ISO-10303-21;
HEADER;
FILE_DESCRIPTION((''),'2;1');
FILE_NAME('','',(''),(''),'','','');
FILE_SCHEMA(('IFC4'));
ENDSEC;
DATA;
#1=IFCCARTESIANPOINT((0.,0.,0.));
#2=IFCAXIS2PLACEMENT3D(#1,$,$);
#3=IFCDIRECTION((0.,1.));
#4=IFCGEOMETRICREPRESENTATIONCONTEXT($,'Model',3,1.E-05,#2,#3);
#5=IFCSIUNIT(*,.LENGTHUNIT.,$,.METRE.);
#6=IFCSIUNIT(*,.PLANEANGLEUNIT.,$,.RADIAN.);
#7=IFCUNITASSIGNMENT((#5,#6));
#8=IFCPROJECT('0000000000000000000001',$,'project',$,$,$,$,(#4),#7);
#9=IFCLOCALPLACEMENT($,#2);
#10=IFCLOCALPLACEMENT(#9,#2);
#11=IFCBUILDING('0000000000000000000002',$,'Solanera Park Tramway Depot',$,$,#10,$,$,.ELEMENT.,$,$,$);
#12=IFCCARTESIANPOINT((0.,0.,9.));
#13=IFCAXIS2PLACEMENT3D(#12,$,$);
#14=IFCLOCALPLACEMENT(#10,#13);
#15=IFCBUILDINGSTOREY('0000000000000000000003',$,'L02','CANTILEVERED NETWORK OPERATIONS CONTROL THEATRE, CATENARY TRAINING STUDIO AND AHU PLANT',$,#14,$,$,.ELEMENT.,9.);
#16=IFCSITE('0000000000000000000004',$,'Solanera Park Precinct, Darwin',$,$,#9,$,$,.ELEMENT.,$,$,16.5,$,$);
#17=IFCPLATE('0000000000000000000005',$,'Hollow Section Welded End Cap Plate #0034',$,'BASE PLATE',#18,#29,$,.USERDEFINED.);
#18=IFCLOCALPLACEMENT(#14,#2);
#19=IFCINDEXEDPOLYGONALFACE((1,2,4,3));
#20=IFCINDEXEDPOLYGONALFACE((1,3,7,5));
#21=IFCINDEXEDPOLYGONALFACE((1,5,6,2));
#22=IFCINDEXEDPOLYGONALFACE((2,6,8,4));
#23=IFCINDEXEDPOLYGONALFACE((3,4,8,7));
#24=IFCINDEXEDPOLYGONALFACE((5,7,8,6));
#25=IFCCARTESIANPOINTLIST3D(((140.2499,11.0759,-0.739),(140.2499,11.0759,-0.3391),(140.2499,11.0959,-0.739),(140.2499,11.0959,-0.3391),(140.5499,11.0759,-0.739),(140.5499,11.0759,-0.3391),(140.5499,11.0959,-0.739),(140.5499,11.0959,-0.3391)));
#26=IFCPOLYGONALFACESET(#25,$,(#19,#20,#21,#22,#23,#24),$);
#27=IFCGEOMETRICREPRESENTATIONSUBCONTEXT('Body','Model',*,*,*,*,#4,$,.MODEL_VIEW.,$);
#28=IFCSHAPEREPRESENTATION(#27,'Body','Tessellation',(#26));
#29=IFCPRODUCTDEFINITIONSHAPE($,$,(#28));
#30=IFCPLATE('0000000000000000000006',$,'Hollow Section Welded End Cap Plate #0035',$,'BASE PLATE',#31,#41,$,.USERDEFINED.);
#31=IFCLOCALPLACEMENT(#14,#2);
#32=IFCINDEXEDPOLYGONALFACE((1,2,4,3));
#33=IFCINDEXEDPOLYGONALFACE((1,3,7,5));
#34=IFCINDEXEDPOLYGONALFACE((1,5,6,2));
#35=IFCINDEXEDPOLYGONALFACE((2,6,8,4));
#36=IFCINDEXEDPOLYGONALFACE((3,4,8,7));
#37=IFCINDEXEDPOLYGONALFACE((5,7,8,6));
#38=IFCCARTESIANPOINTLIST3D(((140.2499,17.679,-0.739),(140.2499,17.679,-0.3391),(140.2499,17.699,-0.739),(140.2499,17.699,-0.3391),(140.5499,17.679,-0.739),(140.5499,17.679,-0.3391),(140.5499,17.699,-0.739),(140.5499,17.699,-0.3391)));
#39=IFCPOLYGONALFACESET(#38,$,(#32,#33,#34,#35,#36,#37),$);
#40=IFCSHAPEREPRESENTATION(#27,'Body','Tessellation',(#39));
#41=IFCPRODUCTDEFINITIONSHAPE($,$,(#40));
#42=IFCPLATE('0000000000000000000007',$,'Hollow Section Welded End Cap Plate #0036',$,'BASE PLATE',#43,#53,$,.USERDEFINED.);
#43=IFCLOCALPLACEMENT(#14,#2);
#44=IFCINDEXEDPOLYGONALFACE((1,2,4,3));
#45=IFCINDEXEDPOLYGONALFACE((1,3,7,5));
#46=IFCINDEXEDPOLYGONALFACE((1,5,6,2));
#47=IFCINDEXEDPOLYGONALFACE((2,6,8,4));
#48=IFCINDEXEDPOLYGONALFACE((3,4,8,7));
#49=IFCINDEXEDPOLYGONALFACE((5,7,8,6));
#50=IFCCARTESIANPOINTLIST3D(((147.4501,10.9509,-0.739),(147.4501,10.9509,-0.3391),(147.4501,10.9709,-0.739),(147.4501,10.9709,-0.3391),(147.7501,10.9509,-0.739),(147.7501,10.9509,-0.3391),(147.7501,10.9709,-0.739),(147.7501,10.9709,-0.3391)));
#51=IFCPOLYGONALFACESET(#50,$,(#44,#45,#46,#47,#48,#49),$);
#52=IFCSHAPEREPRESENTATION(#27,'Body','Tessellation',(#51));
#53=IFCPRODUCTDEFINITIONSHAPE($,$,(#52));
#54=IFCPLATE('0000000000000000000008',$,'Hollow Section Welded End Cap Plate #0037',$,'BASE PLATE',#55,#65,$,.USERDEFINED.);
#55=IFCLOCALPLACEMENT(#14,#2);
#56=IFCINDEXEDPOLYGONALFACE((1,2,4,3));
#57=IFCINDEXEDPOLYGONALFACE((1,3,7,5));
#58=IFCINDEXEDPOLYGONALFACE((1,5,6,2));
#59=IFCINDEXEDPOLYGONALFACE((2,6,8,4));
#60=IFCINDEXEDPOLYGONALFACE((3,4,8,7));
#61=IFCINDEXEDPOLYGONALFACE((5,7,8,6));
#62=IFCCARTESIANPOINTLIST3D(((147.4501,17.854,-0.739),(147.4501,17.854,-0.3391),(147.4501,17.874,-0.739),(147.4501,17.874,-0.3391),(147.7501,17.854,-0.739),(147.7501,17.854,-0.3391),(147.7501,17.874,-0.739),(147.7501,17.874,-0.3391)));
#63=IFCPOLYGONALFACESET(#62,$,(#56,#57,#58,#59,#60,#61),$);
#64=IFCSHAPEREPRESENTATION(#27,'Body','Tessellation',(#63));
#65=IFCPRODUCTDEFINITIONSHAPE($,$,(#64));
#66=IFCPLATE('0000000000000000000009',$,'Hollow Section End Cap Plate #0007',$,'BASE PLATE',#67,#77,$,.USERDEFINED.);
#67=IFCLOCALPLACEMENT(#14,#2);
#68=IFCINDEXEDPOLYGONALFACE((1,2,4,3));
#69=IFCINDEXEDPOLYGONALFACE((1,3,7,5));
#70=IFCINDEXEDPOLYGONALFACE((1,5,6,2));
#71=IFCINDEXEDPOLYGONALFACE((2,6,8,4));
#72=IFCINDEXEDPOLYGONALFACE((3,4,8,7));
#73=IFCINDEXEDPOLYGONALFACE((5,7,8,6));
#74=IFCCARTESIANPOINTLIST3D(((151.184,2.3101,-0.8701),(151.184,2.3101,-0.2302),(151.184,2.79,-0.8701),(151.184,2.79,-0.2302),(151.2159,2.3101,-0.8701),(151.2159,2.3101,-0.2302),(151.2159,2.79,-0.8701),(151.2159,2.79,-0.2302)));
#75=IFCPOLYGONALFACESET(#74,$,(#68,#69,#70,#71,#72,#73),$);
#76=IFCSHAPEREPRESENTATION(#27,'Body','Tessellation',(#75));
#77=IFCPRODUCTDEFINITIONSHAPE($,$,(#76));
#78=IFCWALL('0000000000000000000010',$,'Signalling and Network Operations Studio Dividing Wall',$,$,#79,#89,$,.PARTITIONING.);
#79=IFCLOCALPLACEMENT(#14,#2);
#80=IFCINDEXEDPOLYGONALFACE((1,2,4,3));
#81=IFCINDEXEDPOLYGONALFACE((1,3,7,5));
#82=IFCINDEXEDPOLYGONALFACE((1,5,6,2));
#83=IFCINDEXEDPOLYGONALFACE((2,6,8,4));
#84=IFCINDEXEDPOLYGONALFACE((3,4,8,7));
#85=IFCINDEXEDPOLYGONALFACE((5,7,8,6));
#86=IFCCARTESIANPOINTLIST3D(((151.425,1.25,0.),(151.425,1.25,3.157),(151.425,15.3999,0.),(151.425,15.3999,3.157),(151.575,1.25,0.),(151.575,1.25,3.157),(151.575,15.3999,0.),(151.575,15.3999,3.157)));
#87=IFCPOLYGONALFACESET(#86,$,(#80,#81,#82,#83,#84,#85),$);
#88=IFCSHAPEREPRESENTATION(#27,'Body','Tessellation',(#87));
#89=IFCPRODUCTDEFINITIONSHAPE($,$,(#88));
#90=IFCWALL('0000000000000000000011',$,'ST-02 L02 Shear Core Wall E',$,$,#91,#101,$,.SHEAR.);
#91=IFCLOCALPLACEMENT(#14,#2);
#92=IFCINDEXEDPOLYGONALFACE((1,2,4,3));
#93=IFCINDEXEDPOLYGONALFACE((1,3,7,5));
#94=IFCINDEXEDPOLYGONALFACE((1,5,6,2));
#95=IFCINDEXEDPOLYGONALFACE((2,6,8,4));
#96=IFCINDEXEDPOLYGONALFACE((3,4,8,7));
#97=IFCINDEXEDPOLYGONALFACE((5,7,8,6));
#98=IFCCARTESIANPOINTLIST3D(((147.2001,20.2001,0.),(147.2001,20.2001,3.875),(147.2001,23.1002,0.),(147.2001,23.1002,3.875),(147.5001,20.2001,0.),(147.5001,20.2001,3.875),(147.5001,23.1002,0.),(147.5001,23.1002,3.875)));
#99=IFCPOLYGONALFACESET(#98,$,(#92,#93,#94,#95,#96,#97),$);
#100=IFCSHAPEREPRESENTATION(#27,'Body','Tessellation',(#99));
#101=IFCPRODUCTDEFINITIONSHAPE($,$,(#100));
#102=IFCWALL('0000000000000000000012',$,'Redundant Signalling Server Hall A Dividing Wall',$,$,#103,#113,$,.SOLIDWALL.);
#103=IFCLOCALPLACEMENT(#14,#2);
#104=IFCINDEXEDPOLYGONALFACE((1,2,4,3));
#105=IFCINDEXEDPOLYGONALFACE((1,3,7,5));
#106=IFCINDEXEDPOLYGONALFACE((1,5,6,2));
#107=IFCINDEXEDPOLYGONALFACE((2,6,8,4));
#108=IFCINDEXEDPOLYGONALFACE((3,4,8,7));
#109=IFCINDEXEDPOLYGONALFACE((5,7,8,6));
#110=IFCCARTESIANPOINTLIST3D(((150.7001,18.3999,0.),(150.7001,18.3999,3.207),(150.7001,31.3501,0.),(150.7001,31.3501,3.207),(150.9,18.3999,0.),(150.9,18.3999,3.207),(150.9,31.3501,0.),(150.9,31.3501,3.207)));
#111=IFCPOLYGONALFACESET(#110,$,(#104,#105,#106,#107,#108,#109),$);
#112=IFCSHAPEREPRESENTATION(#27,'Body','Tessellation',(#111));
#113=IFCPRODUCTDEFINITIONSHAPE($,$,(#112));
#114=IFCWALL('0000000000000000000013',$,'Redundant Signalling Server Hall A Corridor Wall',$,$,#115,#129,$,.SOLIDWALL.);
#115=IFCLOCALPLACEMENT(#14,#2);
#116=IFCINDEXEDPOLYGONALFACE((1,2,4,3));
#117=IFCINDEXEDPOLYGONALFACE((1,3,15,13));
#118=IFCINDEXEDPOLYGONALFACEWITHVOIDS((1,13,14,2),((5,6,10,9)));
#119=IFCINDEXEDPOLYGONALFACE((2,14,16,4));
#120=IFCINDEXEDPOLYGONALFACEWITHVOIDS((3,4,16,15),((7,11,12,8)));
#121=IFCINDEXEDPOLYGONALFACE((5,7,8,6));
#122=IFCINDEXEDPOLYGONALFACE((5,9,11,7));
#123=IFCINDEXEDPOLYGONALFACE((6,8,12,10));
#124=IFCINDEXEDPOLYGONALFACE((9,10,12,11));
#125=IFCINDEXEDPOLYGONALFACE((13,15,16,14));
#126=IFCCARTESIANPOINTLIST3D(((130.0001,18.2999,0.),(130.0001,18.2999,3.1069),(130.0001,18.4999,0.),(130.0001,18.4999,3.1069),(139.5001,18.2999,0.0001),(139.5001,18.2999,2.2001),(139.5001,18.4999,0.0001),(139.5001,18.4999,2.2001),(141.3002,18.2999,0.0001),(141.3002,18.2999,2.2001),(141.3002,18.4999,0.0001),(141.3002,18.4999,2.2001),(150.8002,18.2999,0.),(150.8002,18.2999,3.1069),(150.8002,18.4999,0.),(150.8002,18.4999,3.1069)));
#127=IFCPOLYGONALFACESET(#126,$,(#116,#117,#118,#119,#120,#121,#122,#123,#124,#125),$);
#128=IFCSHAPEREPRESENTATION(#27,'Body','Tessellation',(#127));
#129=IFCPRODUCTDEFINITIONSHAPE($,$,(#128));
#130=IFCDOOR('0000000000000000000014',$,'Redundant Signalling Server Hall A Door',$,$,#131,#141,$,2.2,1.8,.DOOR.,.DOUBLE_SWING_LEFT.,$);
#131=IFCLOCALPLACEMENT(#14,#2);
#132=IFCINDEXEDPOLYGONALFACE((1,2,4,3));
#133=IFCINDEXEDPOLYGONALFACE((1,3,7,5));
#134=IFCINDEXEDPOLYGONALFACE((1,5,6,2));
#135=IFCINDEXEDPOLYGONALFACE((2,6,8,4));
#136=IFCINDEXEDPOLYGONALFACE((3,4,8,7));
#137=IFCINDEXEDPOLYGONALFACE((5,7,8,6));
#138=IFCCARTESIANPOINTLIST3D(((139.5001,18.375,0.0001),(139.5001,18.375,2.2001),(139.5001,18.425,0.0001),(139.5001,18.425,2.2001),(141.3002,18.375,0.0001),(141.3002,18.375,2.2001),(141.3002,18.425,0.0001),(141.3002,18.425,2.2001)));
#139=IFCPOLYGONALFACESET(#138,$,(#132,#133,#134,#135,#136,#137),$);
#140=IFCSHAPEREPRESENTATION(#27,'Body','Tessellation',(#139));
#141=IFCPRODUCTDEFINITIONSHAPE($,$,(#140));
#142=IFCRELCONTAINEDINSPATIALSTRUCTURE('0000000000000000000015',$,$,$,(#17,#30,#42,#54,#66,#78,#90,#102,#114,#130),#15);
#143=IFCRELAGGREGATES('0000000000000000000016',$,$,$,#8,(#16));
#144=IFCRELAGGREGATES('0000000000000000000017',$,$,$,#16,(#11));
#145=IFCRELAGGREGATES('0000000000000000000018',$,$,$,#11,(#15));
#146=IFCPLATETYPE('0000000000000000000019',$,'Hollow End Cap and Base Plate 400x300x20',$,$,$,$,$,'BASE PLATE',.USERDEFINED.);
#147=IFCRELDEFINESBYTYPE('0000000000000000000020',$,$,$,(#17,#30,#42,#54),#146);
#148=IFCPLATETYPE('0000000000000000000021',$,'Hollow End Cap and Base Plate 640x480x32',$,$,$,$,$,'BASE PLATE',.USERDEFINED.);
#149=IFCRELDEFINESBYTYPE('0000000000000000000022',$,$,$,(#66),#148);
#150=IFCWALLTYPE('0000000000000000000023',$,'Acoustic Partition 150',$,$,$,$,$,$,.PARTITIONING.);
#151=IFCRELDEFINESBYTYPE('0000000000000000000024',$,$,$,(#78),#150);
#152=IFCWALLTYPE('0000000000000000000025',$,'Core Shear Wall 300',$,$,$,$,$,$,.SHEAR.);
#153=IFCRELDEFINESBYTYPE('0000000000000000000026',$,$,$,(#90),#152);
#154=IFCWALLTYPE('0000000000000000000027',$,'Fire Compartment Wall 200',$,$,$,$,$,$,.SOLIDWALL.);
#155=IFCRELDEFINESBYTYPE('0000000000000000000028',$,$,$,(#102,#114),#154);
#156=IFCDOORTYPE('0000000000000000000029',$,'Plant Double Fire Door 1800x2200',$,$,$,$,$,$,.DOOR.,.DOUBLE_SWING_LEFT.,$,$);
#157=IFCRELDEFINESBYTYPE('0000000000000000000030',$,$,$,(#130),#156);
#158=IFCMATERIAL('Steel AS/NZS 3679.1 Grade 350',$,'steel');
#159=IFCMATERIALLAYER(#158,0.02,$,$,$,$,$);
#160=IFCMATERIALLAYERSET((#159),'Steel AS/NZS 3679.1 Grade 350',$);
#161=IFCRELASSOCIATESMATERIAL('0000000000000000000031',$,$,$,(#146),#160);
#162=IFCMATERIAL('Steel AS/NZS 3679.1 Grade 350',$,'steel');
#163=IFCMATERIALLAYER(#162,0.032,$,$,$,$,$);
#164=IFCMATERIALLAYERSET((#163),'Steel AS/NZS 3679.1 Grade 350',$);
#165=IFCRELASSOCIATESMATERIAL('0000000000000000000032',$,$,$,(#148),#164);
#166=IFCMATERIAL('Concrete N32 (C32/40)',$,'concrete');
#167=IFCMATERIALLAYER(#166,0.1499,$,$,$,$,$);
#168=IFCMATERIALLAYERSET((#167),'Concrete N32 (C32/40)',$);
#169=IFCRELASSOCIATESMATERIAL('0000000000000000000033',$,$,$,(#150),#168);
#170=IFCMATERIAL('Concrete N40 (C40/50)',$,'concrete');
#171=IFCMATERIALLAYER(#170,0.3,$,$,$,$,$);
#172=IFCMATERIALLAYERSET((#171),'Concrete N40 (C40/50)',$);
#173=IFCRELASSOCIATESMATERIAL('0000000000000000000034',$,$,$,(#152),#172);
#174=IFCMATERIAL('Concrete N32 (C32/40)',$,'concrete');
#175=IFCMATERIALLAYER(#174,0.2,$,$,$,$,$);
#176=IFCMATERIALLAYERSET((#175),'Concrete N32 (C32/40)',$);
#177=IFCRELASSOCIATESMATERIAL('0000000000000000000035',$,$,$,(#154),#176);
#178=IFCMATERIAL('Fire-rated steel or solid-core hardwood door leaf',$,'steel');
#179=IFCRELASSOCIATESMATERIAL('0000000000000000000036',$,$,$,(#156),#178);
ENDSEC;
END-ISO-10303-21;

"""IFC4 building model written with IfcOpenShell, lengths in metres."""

from ifc_helpers import new_model, si_unit, direction, frame, frame_2d, origin, origin_2d, place, context, subcontext, project, spatial, rectangle, extrude, material, layer, layer_set, type_object, element, fill, save


model = new_model("IFC4")

# Units and contexts
model_context = context("Model", 3, precision=1e-05, world=origin(), true_north=direction((0.0, 1.0)))
body_context = subcontext(model_context, "Body", "Model", "MODEL_VIEW")
ifc_project = project(units=[si_unit("LENGTHUNIT", "METRE"), si_unit("PLANEANGLEUNIT", "RADIAN")], contexts=[model_context])

# Site, building, storey
site_placement = place(None, origin())
site = spatial("IfcSite", under=ifc_project, at=site_placement, Name="Solanera Park Precinct, Darwin", CompositionType="ELEMENT", RefElevation=16.5)
building_placement = place(site_placement, origin())
building = spatial("IfcBuilding", under=site, at=building_placement, Name="Solanera Park Tramway Depot", CompositionType="ELEMENT")
storey_placement = place(building_placement, frame((0.0, 0.0, 9.0)))
storey = spatial("IfcBuildingStorey", under=building, at=storey_placement, Name="L02", Description="CANTILEVERED NETWORK OPERATIONS CONTROL THEATRE, CATENARY TRAINING STUDIO AND AHU PLANT", CompositionType="ELEMENT", Elevation=9.0)

# Plates
ifc_material_1 = material(Name="Steel AS/NZS 3679.1 Grade 350", Category="steel")
ifc_layer_1 = layer(ifc_material_1, 0.02)
ifc_layer_set_1 = layer_set([ifc_layer_1], Name="Steel AS/NZS 3679.1 Grade 350")
plate_type_1 = type_object("IfcPlateType", Name="Hollow End Cap and Base Plate 400x300x20", ElementType="BASE PLATE", PredefinedType="USERDEFINED", material=ifc_layer_set_1)
for number, where, z_axis, x_axis, name in (
    (1, (140.3999, 11.0859, -0.739), (0.0, 0.0, 1.0), (0.0, 1.0, 0.0), "Hollow Section Welded End Cap Plate #0034"),
    (2, (140.3999, 17.689, -0.739), (0.0, 0.0, 1.0), (0.0, 1.0, 0.0), "Hollow Section Welded End Cap Plate #0035"),
    (3, (147.6001, 10.9609, -0.739), (0.0, 0.0, 1.0), (0.0, 1.0, 0.0), "Hollow Section Welded End Cap Plate #0036"),
    (4, (147.6001, 17.864, -0.739), (0.0, 0.0, 1.0), (0.0, 1.0, 0.0), "Hollow Section Welded End Cap Plate #0037"),
):
    element("IfcPlate", number, at=place(storey_placement, frame(where, z_axis=z_axis, x_axis=x_axis)), inside=storey, type_object=plate_type_1, Name=name, ObjectType="BASE PLATE", PredefinedType="USERDEFINED", context=body_context, shape_type="SweptSolid", body=[
        extrude(rectangle(XDim=0.02, YDim=0.3, at=origin_2d()), origin(), (0.0, 0.0, 1.0), 0.3999),
    ])
ifc_material_2 = material(Name="Steel AS/NZS 3679.1 Grade 350", Category="steel")
ifc_layer_2 = layer(ifc_material_2, 0.032)
ifc_layer_set_2 = layer_set([ifc_layer_2], Name="Steel AS/NZS 3679.1 Grade 350")
plate_type_2 = type_object("IfcPlateType", Name="Hollow End Cap and Base Plate 640x480x32", ElementType="BASE PLATE", PredefinedType="USERDEFINED", material=ifc_layer_set_2)
plate_1_placement = place(storey_placement, frame((151.2, 2.55, -0.8701), z_axis=(0.0, 0.0, 1.0), x_axis=(1.0, 0.0, 0.0)))
element("IfcPlate", 5, at=plate_1_placement, inside=storey, type_object=plate_type_2, Name="Hollow Section End Cap Plate #0007", ObjectType="BASE PLATE", PredefinedType="USERDEFINED", context=body_context, shape_type="SweptSolid", body=[
    extrude(rectangle(XDim=0.032, YDim=0.48, at=origin_2d()), origin(), (0.0, 0.0, 1.0), 0.6399),
])

# Wall
ifc_material_3 = material(Name="Concrete N32 (C32/40)", Category="concrete")
ifc_layer_3 = layer(ifc_material_3, 0.1499)
ifc_layer_set_3 = layer_set([ifc_layer_3], Name="Concrete N32 (C32/40)")
wall_type_1 = type_object("IfcWallType", Name="Acoustic Partition 150", PredefinedType="PARTITIONING", material=ifc_layer_set_3)
wall_1_placement = place(storey_placement, frame((151.5, 15.3999, 0.0), z_axis=(0.0, 0.0, 1.0), x_axis=(0.0, -1.0, 0.0)))
element("IfcWall", 6, at=wall_1_placement, inside=storey, type_object=wall_type_1, Name="Signalling and Network Operations Studio Dividing Wall", PredefinedType="PARTITIONING", context=body_context, shape_type="SweptSolid", body=[
    extrude(rectangle(XDim=14.1499, YDim=0.1499, at=frame_2d((7.075, 0.0))), origin(), (0.0, 0.0, 1.0), 3.157),
])

# Shared definitions
ifc_material_4 = material(Name="Concrete N40 (C40/50)", Category="concrete")
ifc_layer_4 = layer(ifc_material_4, 0.3)
ifc_layer_set_4 = layer_set([ifc_layer_4], Name="Concrete N40 (C40/50)")
wall_type_2 = type_object("IfcWallType", Name="Core Shear Wall 300", PredefinedType="SHEAR", material=ifc_layer_set_4)

# Walls
wall_2_placement = place(storey_placement, frame((147.3501, 20.2, 0.0), z_axis=(0.0, 0.0, 1.0), x_axis=(0.0, 1.0, 0.0)))
element("IfcWall", 7, at=wall_2_placement, inside=storey, type_object=wall_type_2, Name="ST-02 L02 Shear Core Wall E", PredefinedType="SHEAR", context=body_context, shape_type="SweptSolid", body=[
    extrude(rectangle(XDim=2.9001, YDim=0.3, at=frame_2d((1.4502, 0.0))), origin(), (0.0, 0.0, 1.0), 3.875),
])
ifc_material_5 = material(Name="Concrete N32 (C32/40)", Category="concrete")
ifc_layer_5 = layer(ifc_material_5, 0.2)
ifc_layer_set_5 = layer_set([ifc_layer_5], Name="Concrete N32 (C32/40)")
wall_type_3 = type_object("IfcWallType", Name="Fire Compartment Wall 200", PredefinedType="SOLIDWALL", material=ifc_layer_set_5)
wall_3_placement = place(storey_placement, frame((150.8, 18.3999, 0.0), z_axis=(0.0, 0.0, 1.0), x_axis=(0.0, 1.0, 0.0)))
element("IfcWall", 8, at=wall_3_placement, inside=storey, type_object=wall_type_3, Name="Redundant Signalling Server Hall A Dividing Wall", PredefinedType="SOLIDWALL", context=body_context, shape_type="SweptSolid", body=[
    extrude(rectangle(XDim=12.9502, YDim=0.2, at=frame_2d((6.4751, 0.0))), origin(), (0.0, 0.0, 1.0), 3.207),
])

# Wall, opening, door
wall_4_placement = place(storey_placement, frame((150.8, 18.3999, 0.0), z_axis=(0.0, 0.0, 1.0), x_axis=(-1.0, 0.0, 0.0)))
wall_4 = element("IfcWall", 9, at=wall_4_placement, inside=storey, type_object=wall_type_3, Name="Redundant Signalling Server Hall A Corridor Wall", PredefinedType="SOLIDWALL", context=body_context, shape_type="SweptSolid", body=[
    extrude(rectangle(XDim=20.8, YDim=0.2, at=frame_2d((10.3999, 0.0))), origin(), (0.0, 0.0, 1.0), 3.1069),
])
opening_1_placement = place(wall_4_placement, frame((9.5, 0.0, 0.0)))
opening_1 = element("IfcOpeningElement", 10, at=opening_1_placement, cuts=wall_4, PredefinedType="OPENING", context=body_context, shape_type="SweptSolid", body=[
    extrude(rectangle(XDim=1.8, YDim=2.2, at=frame_2d((0.8999, 1.1001))), frame((0.0, 0.1099, 0.0), z_axis=(0.0, -1.0, 0.0), x_axis=(1.0, 0.0, 0.0)), (0.0, 0.0, 1.0), 0.22),
])
ifc_material_6 = material(Name="Fire-rated steel or solid-core hardwood door leaf", Category="steel")
door_type_1 = type_object("IfcDoorType", Name="Plant Double Fire Door 1800x2200", OperationType="DOUBLE_SWING_LEFT", PredefinedType="DOOR", material=ifc_material_6)
door_1_placement = place(opening_1_placement, origin())
door_1 = element("IfcDoor", 11, at=door_1_placement, inside=storey, type_object=door_type_1, Name="Redundant Signalling Server Hall A Door", OperationType="DOUBLE_SWING_LEFT", OverallHeight=2.2, OverallWidth=1.8, PredefinedType="DOOR", context=body_context, shape_type="SweptSolid", body=[
    extrude(rectangle(XDim=1.8, YDim=2.2, at=frame_2d((0.8999, 1.1001))), frame((0.0, 0.0249, 0.0), z_axis=(0.0, -1.0, 0.0), x_axis=(1.0, 0.0, 0.0)), (0.0, 0.0, 1.0), 0.05),
])
fill(opening_1, door_1)

save(model, "model.ifc")
